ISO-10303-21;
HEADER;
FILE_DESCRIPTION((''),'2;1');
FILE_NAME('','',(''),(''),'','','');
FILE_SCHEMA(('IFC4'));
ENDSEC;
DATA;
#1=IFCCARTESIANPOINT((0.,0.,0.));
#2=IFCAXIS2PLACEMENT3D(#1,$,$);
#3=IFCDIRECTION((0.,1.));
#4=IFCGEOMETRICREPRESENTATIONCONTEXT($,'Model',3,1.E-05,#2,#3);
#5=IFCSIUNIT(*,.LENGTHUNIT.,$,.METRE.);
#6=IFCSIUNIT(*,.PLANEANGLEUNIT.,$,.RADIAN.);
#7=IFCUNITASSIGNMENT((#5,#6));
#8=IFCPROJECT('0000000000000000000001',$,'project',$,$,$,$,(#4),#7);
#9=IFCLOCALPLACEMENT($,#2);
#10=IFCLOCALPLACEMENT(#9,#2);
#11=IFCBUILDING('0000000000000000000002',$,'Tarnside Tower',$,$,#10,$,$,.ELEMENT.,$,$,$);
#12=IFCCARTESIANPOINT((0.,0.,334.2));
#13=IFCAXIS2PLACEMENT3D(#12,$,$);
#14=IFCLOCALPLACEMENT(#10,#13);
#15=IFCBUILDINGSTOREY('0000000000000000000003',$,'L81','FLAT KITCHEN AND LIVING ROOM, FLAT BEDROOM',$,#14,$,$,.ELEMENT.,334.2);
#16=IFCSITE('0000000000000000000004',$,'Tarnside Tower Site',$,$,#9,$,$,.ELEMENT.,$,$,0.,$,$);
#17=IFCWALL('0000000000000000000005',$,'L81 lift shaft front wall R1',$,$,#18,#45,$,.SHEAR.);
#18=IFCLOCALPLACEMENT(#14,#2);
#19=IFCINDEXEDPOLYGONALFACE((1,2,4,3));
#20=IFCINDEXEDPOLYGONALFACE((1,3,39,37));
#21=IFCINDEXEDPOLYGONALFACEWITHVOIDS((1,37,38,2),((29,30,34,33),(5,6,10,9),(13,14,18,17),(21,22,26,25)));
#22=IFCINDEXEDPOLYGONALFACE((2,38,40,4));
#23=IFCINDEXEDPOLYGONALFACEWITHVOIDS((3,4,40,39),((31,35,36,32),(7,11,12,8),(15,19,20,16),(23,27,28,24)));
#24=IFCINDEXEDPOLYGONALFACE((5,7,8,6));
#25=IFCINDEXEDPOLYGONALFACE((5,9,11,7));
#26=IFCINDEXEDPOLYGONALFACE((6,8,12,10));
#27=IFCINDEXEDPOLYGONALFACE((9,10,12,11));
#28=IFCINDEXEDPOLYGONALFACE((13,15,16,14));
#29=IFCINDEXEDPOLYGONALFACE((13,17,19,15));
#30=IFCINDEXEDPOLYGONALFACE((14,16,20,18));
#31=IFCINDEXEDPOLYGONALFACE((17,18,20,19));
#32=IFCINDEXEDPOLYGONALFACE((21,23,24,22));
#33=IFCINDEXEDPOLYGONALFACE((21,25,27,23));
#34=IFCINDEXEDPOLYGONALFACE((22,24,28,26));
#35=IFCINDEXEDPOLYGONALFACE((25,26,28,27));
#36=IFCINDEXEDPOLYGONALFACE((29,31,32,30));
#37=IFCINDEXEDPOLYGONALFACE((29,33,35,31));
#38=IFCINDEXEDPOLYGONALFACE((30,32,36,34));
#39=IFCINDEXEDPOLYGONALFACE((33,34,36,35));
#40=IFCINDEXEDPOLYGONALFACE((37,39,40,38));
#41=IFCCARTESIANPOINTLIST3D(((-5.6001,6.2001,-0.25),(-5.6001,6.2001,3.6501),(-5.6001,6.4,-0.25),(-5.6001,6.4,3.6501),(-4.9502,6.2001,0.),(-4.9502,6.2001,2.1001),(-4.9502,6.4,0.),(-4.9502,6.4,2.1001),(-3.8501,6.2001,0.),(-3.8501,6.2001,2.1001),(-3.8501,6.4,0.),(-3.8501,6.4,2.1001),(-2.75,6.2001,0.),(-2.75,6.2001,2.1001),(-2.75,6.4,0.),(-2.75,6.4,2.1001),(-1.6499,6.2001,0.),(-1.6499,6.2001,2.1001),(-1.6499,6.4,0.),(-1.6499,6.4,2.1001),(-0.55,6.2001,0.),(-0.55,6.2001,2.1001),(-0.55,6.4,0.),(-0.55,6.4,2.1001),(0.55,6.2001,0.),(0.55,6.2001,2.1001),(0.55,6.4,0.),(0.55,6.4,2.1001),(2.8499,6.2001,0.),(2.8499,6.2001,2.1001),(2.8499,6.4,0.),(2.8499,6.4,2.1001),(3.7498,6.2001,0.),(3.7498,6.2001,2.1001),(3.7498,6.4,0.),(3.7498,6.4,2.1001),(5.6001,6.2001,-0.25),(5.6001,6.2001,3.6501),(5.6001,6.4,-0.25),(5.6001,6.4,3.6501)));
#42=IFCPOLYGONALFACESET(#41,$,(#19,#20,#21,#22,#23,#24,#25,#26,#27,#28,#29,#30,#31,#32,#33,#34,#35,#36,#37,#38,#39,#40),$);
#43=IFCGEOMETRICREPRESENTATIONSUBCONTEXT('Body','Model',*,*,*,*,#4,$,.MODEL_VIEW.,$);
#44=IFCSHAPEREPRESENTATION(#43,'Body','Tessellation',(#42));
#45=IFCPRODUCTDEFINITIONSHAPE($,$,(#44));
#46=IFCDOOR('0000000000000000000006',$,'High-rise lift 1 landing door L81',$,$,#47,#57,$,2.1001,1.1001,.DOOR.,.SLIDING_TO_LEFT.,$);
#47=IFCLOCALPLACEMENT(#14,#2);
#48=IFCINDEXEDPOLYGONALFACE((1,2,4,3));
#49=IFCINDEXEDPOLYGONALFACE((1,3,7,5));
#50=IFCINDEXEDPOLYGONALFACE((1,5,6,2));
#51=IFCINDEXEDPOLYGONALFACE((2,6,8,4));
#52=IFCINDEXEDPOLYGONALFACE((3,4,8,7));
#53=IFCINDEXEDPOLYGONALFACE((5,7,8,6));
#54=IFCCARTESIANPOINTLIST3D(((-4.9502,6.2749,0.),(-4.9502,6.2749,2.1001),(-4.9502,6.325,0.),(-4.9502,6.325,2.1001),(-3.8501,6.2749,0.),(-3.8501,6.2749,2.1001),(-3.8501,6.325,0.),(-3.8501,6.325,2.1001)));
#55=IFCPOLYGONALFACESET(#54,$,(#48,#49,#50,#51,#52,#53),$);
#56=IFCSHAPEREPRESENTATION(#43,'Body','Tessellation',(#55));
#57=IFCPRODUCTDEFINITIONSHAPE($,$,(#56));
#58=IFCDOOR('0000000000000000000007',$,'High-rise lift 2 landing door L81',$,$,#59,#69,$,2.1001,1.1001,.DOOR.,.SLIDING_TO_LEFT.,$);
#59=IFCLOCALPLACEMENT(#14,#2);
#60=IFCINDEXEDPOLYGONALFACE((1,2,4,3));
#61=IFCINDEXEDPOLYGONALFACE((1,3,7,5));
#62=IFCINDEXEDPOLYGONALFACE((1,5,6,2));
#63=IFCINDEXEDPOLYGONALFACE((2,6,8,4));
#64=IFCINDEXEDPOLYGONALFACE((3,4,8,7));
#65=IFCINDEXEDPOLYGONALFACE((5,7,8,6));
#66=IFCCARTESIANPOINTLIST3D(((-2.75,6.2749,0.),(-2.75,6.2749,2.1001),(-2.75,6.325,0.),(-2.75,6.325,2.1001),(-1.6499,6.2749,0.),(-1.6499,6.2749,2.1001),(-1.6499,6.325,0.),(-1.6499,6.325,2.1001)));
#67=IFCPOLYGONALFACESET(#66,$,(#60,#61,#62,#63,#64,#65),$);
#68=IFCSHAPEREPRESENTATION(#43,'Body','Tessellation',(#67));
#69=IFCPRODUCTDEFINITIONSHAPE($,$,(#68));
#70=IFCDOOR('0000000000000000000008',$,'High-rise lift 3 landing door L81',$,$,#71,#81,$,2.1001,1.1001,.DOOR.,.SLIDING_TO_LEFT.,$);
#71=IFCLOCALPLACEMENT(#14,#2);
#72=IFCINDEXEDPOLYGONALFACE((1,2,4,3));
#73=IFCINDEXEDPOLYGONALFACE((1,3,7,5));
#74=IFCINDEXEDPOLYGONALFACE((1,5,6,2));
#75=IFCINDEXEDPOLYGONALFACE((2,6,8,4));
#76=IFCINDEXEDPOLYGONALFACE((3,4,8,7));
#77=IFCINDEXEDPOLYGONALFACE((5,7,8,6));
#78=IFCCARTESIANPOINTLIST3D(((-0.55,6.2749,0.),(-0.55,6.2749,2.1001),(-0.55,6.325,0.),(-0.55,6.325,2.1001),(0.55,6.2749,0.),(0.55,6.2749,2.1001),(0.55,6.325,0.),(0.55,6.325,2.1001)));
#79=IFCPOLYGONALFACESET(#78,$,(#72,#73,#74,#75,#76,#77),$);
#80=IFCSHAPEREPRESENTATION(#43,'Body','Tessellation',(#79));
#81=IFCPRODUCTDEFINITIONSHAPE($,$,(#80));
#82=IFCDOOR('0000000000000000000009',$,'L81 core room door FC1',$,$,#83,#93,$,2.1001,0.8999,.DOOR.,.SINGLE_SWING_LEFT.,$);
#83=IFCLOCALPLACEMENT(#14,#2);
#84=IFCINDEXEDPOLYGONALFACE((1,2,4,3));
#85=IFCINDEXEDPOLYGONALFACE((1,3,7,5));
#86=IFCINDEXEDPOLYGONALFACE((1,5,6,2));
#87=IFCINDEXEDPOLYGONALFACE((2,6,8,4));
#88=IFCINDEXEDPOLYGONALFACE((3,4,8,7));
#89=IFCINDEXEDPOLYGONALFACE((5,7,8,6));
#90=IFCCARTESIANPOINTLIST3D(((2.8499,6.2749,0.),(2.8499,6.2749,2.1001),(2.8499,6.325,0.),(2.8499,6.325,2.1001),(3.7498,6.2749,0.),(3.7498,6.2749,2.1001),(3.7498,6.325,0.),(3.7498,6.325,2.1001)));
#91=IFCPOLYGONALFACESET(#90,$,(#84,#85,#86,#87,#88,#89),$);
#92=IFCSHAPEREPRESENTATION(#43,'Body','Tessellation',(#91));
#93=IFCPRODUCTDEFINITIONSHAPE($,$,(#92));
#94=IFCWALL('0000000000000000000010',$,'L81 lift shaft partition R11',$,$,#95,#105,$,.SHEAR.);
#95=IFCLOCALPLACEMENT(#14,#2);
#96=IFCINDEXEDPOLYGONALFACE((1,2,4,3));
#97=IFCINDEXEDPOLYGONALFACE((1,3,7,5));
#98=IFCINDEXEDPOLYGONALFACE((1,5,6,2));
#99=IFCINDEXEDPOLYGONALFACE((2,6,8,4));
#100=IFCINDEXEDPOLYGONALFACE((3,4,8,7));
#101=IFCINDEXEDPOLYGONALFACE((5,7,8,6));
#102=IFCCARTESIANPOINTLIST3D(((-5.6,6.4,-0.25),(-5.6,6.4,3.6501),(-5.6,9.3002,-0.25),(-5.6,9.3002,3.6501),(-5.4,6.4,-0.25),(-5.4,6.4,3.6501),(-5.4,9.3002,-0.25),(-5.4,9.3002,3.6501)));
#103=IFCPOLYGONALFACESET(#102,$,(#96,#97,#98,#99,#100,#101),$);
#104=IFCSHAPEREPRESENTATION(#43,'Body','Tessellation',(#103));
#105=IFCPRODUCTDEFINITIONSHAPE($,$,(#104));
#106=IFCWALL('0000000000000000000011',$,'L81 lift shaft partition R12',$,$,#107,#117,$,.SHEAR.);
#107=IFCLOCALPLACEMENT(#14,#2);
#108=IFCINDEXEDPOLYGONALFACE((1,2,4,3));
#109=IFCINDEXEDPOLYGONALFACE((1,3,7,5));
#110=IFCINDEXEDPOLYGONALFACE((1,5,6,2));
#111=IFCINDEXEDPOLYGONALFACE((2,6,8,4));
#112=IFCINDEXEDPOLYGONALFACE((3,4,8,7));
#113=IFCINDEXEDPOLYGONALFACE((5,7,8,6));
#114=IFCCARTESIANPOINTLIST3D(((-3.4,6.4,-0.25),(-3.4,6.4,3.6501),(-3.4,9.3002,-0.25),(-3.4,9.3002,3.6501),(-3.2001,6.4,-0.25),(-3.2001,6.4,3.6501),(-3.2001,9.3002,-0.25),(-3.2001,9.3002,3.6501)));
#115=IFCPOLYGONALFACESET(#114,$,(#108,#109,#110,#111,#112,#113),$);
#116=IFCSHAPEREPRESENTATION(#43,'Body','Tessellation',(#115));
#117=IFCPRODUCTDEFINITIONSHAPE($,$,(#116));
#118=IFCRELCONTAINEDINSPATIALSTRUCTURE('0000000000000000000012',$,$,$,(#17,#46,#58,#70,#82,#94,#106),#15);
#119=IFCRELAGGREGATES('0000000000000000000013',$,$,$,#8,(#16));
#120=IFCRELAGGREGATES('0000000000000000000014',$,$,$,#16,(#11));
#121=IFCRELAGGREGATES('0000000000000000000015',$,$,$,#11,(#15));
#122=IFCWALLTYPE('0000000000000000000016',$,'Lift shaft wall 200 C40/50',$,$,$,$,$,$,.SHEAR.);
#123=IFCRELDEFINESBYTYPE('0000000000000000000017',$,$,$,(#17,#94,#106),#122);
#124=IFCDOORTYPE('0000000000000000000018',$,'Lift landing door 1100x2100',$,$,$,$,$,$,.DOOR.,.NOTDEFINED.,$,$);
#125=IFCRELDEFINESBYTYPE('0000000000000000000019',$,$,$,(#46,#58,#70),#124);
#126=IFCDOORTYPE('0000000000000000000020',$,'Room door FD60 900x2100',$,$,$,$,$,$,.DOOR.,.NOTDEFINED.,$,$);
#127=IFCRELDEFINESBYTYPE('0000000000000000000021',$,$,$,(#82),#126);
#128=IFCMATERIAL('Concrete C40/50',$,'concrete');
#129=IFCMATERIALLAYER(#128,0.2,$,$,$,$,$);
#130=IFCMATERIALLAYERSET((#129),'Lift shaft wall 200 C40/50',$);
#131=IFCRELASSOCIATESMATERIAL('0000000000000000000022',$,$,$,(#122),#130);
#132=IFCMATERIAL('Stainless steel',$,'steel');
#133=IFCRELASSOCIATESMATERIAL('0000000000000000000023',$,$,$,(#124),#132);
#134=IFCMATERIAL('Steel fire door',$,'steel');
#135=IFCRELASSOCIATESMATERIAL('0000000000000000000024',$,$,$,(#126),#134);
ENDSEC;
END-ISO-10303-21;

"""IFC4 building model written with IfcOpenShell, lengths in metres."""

from ifc_helpers import new_model, si_unit, direction, frame, frame_2d, origin, place, context, subcontext, project, spatial, rectangle, extrude, material, layer, layer_set, type_object, element, fill, save


model = new_model("IFC4")

# Units and contexts
model_context = context("Model", 3, precision=1e-05, world=origin(), true_north=direction((0.0, 1.0)))
body_context = subcontext(model_context, "Body", "Model", "MODEL_VIEW")
ifc_project = project(units=[si_unit("LENGTHUNIT", "METRE"), si_unit("PLANEANGLEUNIT", "RADIAN")], contexts=[model_context])

# Site, building, storey
site_placement = place(None, origin())
site = spatial("IfcSite", under=ifc_project, at=site_placement, Name="Tarnside Tower Site", CompositionType="ELEMENT", RefElevation=0.0)
building_placement = place(site_placement, origin())
building = spatial("IfcBuilding", under=site, at=building_placement, Name="Tarnside Tower", CompositionType="ELEMENT")
storey_placement = place(building_placement, frame((0.0, 0.0, 334.2)))
storey = spatial("IfcBuildingStorey", under=building, at=storey_placement, Name="L81", Description="FLAT KITCHEN AND LIVING ROOM, FLAT BEDROOM", CompositionType="ELEMENT", Elevation=334.2)

# Shared definitions
ifc_material_1 = material(Name="Concrete C40/50", Category="concrete")

# Wall, openings, doors
ifc_layer_1 = layer(ifc_material_1, 0.2)
ifc_layer_set_1 = layer_set([ifc_layer_1], Name="Lift shaft wall 200 C40/50")
wall_type_1 = type_object("IfcWallType", Name="Lift shaft wall 200 C40/50", PredefinedType="SHEAR", material=ifc_layer_set_1)
wall_1_placement = place(storey_placement, frame((-5.6001, 6.3, -0.25), z_axis=(0.0, 0.0, 1.0), x_axis=(1.0, 0.0, 0.0)))
wall_1 = element("IfcWall", 1, at=wall_1_placement, inside=storey, type_object=wall_type_1, Name="L81 lift shaft front wall R1", PredefinedType="SHEAR", context=body_context, shape_type="SweptSolid", body=[
    extrude(rectangle(XDim=11.2002, YDim=0.2, at=frame_2d((5.6001, 0.0))), origin(), (0.0, 0.0, 1.0), 3.9001),
])
opening_1_placement = place(wall_1_placement, frame((8.45, 0.0, 0.25)))
opening_1 = element("IfcOpeningElement", 2, at=opening_1_placement, cuts=wall_1, PredefinedType="OPENING", context=body_context, shape_type="SweptSolid", body=[
    extrude(rectangle(XDim=0.8999, YDim=2.1001, at=frame_2d((0.45, 1.05))), frame((0.0, 0.1099, 0.0), z_axis=(0.0, -1.0, 0.0), x_axis=(1.0, 0.0, 0.0)), (0.0, 0.0, 1.0), 0.22),
])
opening_2_placement = place(wall_1_placement, frame((0.6499, 0.0, 0.25)))
opening_2 = element("IfcOpeningElement", 3, at=opening_2_placement, cuts=wall_1, PredefinedType="OPENING", context=body_context, shape_type="SweptSolid", body=[
    extrude(rectangle(XDim=1.1001, YDim=2.1001, at=frame_2d((0.55, 1.05))), frame((0.0, 0.1099, 0.0), z_axis=(0.0, -1.0, 0.0), x_axis=(1.0, 0.0, 0.0)), (0.0, 0.0, 1.0), 0.22),
])
opening_3_placement = place(wall_1_placement, frame((2.8501, 0.0, 0.25)))
opening_3 = element("IfcOpeningElement", 4, at=opening_3_placement, cuts=wall_1, PredefinedType="OPENING", context=body_context, shape_type="SweptSolid", body=[
    extrude(rectangle(XDim=1.1001, YDim=2.1001, at=frame_2d((0.55, 1.05))), frame((0.0, 0.1099, 0.0), z_axis=(0.0, -1.0, 0.0), x_axis=(1.0, 0.0, 0.0)), (0.0, 0.0, 1.0), 0.22),
])
opening_4_placement = place(wall_1_placement, frame((5.05, 0.0, 0.25)))
opening_4 = element("IfcOpeningElement", 5, at=opening_4_placement, cuts=wall_1, PredefinedType="OPENING", context=body_context, shape_type="SweptSolid", body=[
    extrude(rectangle(XDim=1.1001, YDim=2.1001, at=frame_2d((0.55, 1.05))), frame((0.0, 0.1099, 0.0), z_axis=(0.0, -1.0, 0.0), x_axis=(1.0, 0.0, 0.0)), (0.0, 0.0, 1.0), 0.22),
])
ifc_material_2 = material(Name="Stainless steel", Category="steel")
door_type_1 = type_object("IfcDoorType", Name="Lift landing door 1100x2100", OperationType="NOTDEFINED", PredefinedType="DOOR", material=ifc_material_2)
door_1_placement = place(opening_2_placement, origin())
door_1 = element("IfcDoor", 6, at=door_1_placement, inside=storey, type_object=door_type_1, Name="High-rise lift 1 landing door L81", OperationType="SLIDING_TO_LEFT", OverallHeight=2.1001, OverallWidth=1.1001, PredefinedType="DOOR", context=body_context, shape_type="SweptSolid", body=[
    extrude(rectangle(XDim=1.1001, YDim=2.1001, at=frame_2d((0.55, 1.05))), frame((0.0, 0.0249, 0.0), z_axis=(0.0, -1.0, 0.0), x_axis=(1.0, 0.0, 0.0)), (0.0, 0.0, 1.0), 0.05),
])
fill(opening_2, door_1)
door_2_placement = place(opening_3_placement, origin())
door_2 = element("IfcDoor", 7, at=door_2_placement, inside=storey, type_object=door_type_1, Name="High-rise lift 2 landing door L81", OperationType="SLIDING_TO_LEFT", OverallHeight=2.1001, OverallWidth=1.1001, PredefinedType="DOOR", context=body_context, shape_type="SweptSolid", body=[
    extrude(rectangle(XDim=1.1001, YDim=2.1001, at=frame_2d((0.55, 1.05))), frame((0.0, 0.0249, 0.0), z_axis=(0.0, -1.0, 0.0), x_axis=(1.0, 0.0, 0.0)), (0.0, 0.0, 1.0), 0.05),
])
fill(opening_3, door_2)
door_3_placement = place(opening_4_placement, origin())
door_3 = element("IfcDoor", 8, at=door_3_placement, inside=storey, type_object=door_type_1, Name="High-rise lift 3 landing door L81", OperationType="SLIDING_TO_LEFT", OverallHeight=2.1001, OverallWidth=1.1001, PredefinedType="DOOR", context=body_context, shape_type="SweptSolid", body=[
    extrude(rectangle(XDim=1.1001, YDim=2.1001, at=frame_2d((0.55, 1.05))), frame((0.0, 0.0249, 0.0), z_axis=(0.0, -1.0, 0.0), x_axis=(1.0, 0.0, 0.0)), (0.0, 0.0, 1.0), 0.05),
])
fill(opening_4, door_3)
ifc_material_3 = material(Name="Steel fire door", Category="steel")
door_type_2 = type_object("IfcDoorType", Name="Room door FD60 900x2100", OperationType="NOTDEFINED", PredefinedType="DOOR", material=ifc_material_3)
door_4_placement = place(opening_1_placement, origin())
door_4 = element("IfcDoor", 9, at=door_4_placement, inside=storey, type_object=door_type_2, Name="L81 core room door FC1", OperationType="SINGLE_SWING_LEFT", OverallHeight=2.1001, OverallWidth=0.8999, PredefinedType="DOOR", context=body_context, shape_type="SweptSolid", body=[
    extrude(rectangle(XDim=0.8999, YDim=2.1001, at=frame_2d((0.45, 1.05))), frame((0.0, 0.0249, 0.0), z_axis=(0.0, -1.0, 0.0), x_axis=(1.0, 0.0, 0.0)), (0.0, 0.0, 1.0), 0.05),
])
fill(opening_1, door_4)

# Walls
for number, where, z_axis, x_axis, name in (
    (10, (-5.5, 6.3999, -0.25), (0.0, 0.0, 1.0), (0.0, 1.0, 0.0), "L81 lift shaft partition R11"),
    (11, (-3.3, 6.3999, -0.25), (0.0, 0.0, 1.0), (0.0, 1.0, 0.0), "L81 lift shaft partition R12"),
):
    element("IfcWall", number, at=place(storey_placement, frame(where, z_axis=z_axis, x_axis=x_axis)), inside=storey, type_object=wall_type_1, Name=name, PredefinedType="SHEAR", context=body_context, shape_type="SweptSolid", body=[
        extrude(rectangle(XDim=2.9001, YDim=0.2, at=frame_2d((1.4502, 0.0))), origin(), (0.0, 0.0, 1.0), 3.9001),
    ])

save(model, "model.ifc")
